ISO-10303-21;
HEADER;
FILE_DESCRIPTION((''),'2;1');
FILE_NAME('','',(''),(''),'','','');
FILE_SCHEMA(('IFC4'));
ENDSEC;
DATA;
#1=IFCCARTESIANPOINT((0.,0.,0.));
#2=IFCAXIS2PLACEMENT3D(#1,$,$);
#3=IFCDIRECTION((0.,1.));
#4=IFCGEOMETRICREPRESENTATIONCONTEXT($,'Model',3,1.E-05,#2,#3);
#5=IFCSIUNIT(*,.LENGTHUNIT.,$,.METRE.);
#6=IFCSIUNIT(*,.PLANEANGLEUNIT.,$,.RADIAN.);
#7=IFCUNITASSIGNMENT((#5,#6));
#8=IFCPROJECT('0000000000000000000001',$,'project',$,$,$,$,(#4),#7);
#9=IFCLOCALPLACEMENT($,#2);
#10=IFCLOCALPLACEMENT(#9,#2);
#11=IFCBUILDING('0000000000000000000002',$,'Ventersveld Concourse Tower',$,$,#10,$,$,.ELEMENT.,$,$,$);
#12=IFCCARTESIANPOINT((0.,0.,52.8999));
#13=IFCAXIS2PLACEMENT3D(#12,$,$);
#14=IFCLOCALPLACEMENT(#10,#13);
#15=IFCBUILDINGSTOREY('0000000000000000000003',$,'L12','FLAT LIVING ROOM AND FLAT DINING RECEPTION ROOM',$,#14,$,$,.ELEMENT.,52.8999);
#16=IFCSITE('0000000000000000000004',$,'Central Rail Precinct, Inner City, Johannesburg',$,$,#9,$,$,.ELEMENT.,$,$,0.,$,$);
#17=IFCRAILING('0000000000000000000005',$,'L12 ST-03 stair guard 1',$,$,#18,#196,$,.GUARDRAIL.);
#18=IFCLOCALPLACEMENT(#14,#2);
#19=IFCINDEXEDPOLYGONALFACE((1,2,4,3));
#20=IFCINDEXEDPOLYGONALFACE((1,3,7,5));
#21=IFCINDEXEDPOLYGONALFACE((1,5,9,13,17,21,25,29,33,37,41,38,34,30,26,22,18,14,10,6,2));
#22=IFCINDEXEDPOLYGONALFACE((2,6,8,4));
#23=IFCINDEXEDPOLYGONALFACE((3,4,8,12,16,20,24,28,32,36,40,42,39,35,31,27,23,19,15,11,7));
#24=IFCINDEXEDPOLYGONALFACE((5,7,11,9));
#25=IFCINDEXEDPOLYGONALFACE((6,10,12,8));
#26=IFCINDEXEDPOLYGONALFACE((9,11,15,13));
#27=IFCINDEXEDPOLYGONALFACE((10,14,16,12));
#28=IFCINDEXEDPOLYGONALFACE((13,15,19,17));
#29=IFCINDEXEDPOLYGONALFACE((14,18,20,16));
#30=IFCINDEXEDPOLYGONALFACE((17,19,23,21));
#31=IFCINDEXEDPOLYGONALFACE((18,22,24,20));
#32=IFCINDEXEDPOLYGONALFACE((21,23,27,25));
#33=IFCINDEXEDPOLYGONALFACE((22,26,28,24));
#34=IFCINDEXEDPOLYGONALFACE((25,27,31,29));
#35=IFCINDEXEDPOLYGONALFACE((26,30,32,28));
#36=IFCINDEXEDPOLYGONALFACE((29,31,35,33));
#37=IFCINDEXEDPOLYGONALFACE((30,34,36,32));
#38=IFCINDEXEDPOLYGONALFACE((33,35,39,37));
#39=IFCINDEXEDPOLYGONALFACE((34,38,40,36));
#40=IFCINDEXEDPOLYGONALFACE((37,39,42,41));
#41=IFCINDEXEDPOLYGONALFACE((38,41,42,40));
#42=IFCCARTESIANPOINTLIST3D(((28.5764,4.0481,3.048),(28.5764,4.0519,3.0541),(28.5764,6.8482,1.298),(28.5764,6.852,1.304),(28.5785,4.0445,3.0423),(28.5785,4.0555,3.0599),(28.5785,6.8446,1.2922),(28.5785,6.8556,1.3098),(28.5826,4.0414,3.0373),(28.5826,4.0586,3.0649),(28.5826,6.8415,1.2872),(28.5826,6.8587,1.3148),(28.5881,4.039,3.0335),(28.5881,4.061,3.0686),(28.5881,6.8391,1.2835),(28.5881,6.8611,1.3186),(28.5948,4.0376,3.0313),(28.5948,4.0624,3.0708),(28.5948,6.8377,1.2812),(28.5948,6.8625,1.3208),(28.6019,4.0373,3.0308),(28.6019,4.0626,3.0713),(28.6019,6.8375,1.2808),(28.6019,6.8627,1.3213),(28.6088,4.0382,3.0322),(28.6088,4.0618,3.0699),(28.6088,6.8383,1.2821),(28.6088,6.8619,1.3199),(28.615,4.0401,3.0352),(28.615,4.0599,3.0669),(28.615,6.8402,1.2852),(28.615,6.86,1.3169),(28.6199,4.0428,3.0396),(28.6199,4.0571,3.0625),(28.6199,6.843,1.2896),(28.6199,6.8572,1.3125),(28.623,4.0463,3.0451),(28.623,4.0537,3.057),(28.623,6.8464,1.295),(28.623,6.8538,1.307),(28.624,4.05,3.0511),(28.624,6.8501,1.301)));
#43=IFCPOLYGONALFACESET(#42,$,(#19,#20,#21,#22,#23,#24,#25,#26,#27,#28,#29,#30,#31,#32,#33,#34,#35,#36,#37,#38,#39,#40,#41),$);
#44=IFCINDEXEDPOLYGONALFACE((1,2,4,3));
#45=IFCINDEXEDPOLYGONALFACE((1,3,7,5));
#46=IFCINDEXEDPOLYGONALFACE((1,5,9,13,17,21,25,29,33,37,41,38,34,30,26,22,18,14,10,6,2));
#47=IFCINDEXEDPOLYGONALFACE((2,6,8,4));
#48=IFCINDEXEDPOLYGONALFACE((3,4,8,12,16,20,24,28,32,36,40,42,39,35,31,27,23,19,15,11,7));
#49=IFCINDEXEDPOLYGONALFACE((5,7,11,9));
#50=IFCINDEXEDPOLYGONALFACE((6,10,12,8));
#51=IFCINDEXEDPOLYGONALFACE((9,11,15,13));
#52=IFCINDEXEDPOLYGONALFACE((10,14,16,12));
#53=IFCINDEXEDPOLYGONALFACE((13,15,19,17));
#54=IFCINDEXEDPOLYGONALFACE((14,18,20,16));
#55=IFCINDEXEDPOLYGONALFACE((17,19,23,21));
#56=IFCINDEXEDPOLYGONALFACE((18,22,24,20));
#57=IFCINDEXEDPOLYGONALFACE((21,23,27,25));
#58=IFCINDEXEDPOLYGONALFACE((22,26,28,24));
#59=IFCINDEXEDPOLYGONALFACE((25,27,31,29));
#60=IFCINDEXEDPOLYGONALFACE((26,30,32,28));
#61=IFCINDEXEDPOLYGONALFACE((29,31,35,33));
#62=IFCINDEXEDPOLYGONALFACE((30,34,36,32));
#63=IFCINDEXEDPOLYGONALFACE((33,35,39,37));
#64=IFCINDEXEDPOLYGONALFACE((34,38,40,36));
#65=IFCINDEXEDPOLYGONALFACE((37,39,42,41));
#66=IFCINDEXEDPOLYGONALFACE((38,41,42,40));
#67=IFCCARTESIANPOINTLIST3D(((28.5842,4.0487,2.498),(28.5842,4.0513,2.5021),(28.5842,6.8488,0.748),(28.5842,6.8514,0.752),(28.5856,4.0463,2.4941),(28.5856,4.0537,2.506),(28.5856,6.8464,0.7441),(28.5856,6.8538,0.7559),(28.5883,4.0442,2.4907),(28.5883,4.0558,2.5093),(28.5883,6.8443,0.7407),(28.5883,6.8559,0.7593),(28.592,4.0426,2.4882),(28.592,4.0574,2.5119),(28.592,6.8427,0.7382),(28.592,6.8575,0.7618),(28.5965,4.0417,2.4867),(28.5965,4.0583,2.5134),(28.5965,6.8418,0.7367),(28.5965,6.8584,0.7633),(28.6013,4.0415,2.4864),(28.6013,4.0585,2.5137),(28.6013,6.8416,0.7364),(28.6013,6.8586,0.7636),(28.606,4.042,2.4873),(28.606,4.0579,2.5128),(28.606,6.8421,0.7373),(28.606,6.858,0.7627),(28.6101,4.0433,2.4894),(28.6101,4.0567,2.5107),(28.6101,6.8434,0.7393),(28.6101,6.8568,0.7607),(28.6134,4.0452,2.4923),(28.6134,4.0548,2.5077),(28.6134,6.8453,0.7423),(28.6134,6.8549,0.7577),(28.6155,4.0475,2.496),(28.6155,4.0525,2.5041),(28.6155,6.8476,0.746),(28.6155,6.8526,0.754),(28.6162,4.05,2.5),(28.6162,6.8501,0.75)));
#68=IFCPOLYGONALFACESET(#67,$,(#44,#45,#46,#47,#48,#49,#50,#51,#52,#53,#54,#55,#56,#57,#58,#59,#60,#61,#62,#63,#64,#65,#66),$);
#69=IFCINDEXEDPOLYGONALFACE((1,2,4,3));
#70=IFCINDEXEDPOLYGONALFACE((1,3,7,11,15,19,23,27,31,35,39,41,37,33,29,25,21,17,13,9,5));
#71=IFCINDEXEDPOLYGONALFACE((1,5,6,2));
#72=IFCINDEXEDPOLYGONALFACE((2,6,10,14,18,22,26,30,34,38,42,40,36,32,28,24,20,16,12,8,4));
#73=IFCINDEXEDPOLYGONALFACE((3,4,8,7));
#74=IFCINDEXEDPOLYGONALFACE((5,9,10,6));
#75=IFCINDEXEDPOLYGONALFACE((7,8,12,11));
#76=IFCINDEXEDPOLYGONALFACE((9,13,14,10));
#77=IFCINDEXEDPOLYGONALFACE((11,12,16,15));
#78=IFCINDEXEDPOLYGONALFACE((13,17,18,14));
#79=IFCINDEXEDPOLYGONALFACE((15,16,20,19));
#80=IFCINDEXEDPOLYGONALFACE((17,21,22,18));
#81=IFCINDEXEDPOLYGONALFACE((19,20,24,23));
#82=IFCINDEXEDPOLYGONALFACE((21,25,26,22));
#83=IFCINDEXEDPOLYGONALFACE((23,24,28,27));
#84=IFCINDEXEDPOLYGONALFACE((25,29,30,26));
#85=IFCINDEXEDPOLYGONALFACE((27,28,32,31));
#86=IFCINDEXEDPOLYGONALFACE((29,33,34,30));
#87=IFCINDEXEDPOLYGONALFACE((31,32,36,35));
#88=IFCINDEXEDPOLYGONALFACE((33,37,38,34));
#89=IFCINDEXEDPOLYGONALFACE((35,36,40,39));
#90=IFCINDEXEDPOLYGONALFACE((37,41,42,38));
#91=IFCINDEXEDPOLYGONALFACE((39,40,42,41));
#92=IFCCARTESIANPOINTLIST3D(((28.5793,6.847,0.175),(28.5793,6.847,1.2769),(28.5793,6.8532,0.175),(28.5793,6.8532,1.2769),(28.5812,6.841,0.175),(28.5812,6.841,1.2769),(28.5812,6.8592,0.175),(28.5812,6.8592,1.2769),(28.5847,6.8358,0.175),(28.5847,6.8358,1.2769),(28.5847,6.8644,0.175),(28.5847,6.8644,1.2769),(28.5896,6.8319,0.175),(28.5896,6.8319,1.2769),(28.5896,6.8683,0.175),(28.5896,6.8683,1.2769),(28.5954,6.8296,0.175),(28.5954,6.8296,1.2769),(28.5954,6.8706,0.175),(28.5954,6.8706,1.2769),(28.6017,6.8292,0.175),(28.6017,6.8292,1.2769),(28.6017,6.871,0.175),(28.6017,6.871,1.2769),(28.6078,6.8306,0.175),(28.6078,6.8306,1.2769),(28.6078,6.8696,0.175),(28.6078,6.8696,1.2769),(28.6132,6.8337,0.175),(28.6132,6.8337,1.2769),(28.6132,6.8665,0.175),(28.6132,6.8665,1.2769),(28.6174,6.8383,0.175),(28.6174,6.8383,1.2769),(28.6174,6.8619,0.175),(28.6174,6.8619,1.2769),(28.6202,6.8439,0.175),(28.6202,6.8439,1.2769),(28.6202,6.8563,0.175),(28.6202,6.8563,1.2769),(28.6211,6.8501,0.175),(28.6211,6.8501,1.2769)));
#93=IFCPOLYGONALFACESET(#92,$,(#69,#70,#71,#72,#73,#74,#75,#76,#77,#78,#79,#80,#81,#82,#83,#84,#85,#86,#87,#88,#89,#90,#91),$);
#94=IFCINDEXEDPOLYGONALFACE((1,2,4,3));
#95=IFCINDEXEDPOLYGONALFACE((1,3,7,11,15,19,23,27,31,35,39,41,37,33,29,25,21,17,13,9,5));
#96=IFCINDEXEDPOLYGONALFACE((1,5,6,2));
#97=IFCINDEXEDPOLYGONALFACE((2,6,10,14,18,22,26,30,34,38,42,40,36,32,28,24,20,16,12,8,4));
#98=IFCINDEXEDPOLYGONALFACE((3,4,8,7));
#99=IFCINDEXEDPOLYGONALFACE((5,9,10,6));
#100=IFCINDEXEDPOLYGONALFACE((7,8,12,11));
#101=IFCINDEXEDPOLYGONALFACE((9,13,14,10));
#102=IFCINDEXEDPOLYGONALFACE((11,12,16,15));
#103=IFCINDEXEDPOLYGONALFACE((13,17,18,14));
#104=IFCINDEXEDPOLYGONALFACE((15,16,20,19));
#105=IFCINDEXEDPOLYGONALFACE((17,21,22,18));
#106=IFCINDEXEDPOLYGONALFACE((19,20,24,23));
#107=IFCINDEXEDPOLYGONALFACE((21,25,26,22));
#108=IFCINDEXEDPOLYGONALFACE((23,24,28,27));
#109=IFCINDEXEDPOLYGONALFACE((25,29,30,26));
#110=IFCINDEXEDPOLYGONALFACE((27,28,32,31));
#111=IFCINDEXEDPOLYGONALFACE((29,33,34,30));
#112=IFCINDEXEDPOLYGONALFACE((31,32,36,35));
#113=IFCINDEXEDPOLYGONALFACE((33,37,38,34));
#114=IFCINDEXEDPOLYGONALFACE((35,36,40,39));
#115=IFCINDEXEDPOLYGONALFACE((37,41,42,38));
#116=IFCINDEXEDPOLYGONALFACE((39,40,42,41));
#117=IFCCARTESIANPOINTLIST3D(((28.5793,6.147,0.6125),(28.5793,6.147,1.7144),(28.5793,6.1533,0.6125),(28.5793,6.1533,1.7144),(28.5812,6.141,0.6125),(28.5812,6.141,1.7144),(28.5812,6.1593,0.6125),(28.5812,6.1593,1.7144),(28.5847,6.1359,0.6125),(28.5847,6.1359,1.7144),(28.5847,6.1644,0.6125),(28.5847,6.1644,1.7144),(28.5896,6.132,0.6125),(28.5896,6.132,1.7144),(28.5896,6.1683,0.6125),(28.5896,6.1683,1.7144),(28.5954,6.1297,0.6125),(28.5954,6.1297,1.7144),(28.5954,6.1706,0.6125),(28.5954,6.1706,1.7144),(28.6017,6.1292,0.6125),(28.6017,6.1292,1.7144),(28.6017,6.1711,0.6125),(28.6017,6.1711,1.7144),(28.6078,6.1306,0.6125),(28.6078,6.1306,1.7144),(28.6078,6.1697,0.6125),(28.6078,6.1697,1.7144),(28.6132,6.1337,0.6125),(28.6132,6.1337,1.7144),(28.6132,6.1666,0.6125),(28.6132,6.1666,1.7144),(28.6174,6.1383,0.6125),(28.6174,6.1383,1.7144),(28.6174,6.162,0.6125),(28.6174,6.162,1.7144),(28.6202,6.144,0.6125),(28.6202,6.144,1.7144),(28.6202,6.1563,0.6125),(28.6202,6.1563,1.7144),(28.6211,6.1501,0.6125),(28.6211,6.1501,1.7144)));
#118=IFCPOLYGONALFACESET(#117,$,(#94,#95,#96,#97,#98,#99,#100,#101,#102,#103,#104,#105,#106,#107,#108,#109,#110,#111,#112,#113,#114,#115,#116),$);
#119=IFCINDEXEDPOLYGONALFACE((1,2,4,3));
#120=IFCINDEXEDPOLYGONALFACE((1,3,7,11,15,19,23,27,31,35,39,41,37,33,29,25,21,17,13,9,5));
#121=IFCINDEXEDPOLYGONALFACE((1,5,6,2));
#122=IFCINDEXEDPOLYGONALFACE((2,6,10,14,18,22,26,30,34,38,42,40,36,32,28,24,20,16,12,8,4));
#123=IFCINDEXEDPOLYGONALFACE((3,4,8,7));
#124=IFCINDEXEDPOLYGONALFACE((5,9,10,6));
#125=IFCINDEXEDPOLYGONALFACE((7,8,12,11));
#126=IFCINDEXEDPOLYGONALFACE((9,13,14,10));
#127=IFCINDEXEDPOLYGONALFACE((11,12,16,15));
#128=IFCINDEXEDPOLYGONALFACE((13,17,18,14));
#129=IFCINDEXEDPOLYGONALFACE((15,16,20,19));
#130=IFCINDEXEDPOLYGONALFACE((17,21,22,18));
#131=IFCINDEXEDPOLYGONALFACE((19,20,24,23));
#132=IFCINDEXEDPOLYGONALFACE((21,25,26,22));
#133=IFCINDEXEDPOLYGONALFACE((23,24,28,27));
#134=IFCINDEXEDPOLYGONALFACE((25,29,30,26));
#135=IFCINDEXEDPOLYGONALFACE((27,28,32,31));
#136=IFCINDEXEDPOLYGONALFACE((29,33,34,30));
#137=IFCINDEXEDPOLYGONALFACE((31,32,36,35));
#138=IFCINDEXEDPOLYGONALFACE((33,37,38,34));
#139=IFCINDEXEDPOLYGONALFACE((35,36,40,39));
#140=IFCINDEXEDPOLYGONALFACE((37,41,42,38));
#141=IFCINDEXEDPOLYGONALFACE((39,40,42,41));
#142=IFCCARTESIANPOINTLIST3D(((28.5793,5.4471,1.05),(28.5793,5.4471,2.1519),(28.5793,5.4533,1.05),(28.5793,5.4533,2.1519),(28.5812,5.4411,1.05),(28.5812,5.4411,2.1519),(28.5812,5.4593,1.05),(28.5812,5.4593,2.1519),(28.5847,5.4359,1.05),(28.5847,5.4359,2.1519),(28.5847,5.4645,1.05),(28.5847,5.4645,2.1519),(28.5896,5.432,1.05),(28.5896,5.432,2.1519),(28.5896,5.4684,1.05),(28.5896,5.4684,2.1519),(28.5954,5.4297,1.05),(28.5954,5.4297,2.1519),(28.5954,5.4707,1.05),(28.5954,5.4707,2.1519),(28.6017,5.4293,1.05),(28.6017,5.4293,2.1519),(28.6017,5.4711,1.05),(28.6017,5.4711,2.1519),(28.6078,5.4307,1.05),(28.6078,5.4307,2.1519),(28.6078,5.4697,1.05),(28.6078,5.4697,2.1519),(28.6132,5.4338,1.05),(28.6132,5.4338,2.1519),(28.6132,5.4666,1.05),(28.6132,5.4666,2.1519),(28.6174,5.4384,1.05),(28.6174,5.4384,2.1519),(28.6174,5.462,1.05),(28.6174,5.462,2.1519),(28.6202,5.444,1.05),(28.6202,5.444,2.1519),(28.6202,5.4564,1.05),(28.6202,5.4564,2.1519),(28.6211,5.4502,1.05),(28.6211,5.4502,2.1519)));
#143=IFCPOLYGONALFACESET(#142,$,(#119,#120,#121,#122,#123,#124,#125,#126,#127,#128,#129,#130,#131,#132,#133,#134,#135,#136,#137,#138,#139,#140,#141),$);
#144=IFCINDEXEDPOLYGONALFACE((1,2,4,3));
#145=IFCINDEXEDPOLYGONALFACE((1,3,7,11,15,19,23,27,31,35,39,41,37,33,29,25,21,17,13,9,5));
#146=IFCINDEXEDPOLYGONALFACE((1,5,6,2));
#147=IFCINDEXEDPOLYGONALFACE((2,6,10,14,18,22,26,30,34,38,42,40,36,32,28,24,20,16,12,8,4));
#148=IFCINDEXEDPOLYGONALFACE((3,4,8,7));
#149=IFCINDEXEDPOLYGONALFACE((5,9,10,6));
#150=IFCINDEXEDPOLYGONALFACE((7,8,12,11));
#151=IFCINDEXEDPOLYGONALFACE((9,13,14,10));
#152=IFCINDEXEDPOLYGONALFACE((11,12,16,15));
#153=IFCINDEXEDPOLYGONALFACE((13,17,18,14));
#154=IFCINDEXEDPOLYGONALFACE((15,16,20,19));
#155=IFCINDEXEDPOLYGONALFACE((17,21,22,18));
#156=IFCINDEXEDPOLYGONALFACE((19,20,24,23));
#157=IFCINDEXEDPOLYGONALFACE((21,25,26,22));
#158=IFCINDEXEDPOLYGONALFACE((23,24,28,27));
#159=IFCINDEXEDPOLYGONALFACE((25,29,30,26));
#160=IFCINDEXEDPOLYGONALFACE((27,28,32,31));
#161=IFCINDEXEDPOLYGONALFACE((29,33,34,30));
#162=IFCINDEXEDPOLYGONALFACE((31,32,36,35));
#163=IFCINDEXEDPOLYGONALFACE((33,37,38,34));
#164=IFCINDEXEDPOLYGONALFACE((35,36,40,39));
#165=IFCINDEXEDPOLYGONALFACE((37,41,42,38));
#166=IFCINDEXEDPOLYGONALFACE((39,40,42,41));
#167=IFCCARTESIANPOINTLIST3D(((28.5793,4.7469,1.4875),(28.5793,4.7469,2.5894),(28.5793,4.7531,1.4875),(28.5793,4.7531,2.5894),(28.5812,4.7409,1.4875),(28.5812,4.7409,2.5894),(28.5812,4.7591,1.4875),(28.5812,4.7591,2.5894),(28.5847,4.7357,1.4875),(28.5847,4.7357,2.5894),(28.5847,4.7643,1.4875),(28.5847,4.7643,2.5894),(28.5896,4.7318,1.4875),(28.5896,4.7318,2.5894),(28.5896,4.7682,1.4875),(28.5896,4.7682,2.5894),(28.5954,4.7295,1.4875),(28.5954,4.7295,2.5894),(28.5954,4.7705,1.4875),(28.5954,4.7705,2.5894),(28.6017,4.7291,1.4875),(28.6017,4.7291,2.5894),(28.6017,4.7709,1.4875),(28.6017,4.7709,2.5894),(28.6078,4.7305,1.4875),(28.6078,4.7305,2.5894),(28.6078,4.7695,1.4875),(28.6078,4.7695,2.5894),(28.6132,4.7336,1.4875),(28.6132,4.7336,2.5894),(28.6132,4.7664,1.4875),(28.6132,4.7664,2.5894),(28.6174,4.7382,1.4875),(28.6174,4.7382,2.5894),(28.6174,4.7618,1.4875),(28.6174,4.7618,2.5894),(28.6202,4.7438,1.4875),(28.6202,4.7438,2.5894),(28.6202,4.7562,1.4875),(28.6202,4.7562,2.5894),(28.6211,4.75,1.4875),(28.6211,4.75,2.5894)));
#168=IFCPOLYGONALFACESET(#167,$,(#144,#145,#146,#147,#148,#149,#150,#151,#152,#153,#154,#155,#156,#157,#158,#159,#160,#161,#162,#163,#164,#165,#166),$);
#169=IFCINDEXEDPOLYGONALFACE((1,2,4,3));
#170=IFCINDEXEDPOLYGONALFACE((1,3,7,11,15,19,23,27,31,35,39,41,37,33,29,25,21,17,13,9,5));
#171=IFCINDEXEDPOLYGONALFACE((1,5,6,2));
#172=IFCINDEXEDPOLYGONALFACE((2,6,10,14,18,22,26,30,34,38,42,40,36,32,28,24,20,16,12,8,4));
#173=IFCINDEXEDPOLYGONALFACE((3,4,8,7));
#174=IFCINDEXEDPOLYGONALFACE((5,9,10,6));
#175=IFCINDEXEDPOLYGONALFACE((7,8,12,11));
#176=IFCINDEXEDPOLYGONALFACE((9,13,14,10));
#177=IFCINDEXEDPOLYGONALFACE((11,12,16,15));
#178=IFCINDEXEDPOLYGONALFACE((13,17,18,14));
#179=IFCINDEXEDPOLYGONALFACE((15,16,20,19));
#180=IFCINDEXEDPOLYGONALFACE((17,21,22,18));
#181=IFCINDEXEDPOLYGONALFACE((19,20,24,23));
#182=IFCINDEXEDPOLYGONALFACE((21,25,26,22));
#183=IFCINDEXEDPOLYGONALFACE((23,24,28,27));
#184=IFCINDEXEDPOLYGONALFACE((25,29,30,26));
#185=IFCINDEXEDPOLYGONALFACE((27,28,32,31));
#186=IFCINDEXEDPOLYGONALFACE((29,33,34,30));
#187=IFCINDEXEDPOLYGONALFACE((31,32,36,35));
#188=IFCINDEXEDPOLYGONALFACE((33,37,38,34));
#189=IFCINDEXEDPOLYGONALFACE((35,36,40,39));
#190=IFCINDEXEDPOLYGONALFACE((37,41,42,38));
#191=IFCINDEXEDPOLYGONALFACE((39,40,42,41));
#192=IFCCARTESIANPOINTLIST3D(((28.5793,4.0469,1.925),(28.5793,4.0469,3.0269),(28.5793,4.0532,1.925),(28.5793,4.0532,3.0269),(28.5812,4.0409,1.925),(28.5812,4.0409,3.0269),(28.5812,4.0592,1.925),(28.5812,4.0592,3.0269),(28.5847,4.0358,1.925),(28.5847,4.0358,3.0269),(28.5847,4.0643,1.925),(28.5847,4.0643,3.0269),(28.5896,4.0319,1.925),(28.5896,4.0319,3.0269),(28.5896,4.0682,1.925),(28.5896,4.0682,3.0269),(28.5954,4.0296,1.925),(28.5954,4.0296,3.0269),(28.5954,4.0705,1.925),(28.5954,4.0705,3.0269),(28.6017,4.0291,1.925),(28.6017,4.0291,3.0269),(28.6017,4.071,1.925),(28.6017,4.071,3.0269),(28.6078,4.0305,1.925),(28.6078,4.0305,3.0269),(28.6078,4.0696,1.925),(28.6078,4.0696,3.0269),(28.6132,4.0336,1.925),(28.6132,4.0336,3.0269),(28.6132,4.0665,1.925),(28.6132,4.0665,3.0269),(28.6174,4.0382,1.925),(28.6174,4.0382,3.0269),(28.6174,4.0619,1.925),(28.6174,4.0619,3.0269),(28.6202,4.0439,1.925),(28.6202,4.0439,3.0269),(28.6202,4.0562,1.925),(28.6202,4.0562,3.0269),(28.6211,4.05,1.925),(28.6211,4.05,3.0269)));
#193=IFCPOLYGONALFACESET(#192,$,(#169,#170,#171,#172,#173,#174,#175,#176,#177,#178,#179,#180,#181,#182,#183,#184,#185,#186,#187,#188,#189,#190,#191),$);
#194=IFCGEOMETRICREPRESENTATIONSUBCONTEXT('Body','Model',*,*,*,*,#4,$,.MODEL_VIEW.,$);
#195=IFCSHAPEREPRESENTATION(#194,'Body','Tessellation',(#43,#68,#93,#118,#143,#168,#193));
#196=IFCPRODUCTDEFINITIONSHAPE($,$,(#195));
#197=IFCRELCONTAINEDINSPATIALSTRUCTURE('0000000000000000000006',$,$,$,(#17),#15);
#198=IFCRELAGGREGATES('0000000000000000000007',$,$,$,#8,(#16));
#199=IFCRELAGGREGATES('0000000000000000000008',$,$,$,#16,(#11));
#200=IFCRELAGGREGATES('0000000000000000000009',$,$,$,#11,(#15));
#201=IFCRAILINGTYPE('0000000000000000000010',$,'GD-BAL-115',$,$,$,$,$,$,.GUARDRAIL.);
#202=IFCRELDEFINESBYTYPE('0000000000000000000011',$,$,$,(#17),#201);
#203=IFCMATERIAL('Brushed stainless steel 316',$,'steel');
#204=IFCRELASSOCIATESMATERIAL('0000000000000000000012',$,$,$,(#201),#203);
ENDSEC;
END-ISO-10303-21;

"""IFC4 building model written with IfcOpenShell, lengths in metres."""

from ifc_helpers import new_model, si_unit, direction, frame, origin, origin_2d, place, context, subcontext, project, spatial, circle, extrude, material, type_object, element, save


model = new_model("IFC4")

# Units and contexts
model_context = context("Model", 3, precision=1e-05, world=origin(), true_north=direction((0.0, 1.0)))
body_context = subcontext(model_context, "Body", "Model", "MODEL_VIEW")
ifc_project = project(units=[si_unit("LENGTHUNIT", "METRE"), si_unit("PLANEANGLEUNIT", "RADIAN")], contexts=[model_context])

# Site, building, storey
site_placement = place(None, origin())
site = spatial("IfcSite", under=ifc_project, at=site_placement, Name="Central Rail Precinct, Inner City, Johannesburg", CompositionType="ELEMENT", RefElevation=0.0)
building_placement = place(site_placement, origin())
building = spatial("IfcBuilding", under=site, at=building_placement, Name="Ventersveld Concourse Tower", CompositionType="ELEMENT")
storey_placement = place(building_placement, frame((0.0, 0.0, 52.8999)))
storey = spatial("IfcBuildingStorey", under=building, at=storey_placement, Name="L12", Description="FLAT LIVING ROOM AND FLAT DINING RECEPTION ROOM", CompositionType="ELEMENT", Elevation=52.8999)

# Shared definitions
ifc_material_1 = material(Name="Brushed stainless steel 316", Category="steel")

# Railing
railing_type_1 = type_object("IfcRailingType", Name="GD-BAL-115", PredefinedType="GUARDRAIL", material=ifc_material_1)
railing_1_placement = place(storey_placement, frame((28.6001, 6.8501, 0.175)))
element("IfcRailing", 1, at=railing_1_placement, inside=storey, type_object=railing_type_1, Name="L12 ST-03 stair guard 1", PredefinedType="GUARDRAIL", context=body_context, shape_type="SweptSolid", body=[
    extrude(circle(Radius=0.0239, at=origin_2d()), frame((0.0, 0.0, 1.126), z_axis=(0.0, -0.848002, 0.529992), x_axis=(1.0, 0.0, 0.0)), (0.0, 0.0, 1.0), 3.302),
    extrude(circle(Radius=0.0161, at=origin_2d()), frame((0.0, 0.0, 0.575), z_axis=(0.0, -0.848002, 0.529992), x_axis=(1.0, 0.0, 0.0)), (0.0, 0.0, 1.0), 3.302),
    extrude(circle(Radius=0.021, at=origin_2d()), origin(), (0.0, 0.0, 1.0), 1.1018),
    extrude(circle(Radius=0.021, at=origin_2d()), frame((0.0, -0.7, 0.4375)), (0.0, 0.0, 1.0), 1.1018),
    extrude(circle(Radius=0.021, at=origin_2d()), frame((0.0, -1.3999, 0.875)), (0.0, 0.0, 1.0), 1.1018),
    extrude(circle(Radius=0.021, at=origin_2d()), frame((0.0, -2.1001, 1.3125)), (0.0, 0.0, 1.0), 1.1018),
    extrude(circle(Radius=0.021, at=origin_2d()), frame((0.0, -2.8, 1.75)), (0.0, 0.0, 1.0), 1.1018),
])

save(model, "model.ifc")
